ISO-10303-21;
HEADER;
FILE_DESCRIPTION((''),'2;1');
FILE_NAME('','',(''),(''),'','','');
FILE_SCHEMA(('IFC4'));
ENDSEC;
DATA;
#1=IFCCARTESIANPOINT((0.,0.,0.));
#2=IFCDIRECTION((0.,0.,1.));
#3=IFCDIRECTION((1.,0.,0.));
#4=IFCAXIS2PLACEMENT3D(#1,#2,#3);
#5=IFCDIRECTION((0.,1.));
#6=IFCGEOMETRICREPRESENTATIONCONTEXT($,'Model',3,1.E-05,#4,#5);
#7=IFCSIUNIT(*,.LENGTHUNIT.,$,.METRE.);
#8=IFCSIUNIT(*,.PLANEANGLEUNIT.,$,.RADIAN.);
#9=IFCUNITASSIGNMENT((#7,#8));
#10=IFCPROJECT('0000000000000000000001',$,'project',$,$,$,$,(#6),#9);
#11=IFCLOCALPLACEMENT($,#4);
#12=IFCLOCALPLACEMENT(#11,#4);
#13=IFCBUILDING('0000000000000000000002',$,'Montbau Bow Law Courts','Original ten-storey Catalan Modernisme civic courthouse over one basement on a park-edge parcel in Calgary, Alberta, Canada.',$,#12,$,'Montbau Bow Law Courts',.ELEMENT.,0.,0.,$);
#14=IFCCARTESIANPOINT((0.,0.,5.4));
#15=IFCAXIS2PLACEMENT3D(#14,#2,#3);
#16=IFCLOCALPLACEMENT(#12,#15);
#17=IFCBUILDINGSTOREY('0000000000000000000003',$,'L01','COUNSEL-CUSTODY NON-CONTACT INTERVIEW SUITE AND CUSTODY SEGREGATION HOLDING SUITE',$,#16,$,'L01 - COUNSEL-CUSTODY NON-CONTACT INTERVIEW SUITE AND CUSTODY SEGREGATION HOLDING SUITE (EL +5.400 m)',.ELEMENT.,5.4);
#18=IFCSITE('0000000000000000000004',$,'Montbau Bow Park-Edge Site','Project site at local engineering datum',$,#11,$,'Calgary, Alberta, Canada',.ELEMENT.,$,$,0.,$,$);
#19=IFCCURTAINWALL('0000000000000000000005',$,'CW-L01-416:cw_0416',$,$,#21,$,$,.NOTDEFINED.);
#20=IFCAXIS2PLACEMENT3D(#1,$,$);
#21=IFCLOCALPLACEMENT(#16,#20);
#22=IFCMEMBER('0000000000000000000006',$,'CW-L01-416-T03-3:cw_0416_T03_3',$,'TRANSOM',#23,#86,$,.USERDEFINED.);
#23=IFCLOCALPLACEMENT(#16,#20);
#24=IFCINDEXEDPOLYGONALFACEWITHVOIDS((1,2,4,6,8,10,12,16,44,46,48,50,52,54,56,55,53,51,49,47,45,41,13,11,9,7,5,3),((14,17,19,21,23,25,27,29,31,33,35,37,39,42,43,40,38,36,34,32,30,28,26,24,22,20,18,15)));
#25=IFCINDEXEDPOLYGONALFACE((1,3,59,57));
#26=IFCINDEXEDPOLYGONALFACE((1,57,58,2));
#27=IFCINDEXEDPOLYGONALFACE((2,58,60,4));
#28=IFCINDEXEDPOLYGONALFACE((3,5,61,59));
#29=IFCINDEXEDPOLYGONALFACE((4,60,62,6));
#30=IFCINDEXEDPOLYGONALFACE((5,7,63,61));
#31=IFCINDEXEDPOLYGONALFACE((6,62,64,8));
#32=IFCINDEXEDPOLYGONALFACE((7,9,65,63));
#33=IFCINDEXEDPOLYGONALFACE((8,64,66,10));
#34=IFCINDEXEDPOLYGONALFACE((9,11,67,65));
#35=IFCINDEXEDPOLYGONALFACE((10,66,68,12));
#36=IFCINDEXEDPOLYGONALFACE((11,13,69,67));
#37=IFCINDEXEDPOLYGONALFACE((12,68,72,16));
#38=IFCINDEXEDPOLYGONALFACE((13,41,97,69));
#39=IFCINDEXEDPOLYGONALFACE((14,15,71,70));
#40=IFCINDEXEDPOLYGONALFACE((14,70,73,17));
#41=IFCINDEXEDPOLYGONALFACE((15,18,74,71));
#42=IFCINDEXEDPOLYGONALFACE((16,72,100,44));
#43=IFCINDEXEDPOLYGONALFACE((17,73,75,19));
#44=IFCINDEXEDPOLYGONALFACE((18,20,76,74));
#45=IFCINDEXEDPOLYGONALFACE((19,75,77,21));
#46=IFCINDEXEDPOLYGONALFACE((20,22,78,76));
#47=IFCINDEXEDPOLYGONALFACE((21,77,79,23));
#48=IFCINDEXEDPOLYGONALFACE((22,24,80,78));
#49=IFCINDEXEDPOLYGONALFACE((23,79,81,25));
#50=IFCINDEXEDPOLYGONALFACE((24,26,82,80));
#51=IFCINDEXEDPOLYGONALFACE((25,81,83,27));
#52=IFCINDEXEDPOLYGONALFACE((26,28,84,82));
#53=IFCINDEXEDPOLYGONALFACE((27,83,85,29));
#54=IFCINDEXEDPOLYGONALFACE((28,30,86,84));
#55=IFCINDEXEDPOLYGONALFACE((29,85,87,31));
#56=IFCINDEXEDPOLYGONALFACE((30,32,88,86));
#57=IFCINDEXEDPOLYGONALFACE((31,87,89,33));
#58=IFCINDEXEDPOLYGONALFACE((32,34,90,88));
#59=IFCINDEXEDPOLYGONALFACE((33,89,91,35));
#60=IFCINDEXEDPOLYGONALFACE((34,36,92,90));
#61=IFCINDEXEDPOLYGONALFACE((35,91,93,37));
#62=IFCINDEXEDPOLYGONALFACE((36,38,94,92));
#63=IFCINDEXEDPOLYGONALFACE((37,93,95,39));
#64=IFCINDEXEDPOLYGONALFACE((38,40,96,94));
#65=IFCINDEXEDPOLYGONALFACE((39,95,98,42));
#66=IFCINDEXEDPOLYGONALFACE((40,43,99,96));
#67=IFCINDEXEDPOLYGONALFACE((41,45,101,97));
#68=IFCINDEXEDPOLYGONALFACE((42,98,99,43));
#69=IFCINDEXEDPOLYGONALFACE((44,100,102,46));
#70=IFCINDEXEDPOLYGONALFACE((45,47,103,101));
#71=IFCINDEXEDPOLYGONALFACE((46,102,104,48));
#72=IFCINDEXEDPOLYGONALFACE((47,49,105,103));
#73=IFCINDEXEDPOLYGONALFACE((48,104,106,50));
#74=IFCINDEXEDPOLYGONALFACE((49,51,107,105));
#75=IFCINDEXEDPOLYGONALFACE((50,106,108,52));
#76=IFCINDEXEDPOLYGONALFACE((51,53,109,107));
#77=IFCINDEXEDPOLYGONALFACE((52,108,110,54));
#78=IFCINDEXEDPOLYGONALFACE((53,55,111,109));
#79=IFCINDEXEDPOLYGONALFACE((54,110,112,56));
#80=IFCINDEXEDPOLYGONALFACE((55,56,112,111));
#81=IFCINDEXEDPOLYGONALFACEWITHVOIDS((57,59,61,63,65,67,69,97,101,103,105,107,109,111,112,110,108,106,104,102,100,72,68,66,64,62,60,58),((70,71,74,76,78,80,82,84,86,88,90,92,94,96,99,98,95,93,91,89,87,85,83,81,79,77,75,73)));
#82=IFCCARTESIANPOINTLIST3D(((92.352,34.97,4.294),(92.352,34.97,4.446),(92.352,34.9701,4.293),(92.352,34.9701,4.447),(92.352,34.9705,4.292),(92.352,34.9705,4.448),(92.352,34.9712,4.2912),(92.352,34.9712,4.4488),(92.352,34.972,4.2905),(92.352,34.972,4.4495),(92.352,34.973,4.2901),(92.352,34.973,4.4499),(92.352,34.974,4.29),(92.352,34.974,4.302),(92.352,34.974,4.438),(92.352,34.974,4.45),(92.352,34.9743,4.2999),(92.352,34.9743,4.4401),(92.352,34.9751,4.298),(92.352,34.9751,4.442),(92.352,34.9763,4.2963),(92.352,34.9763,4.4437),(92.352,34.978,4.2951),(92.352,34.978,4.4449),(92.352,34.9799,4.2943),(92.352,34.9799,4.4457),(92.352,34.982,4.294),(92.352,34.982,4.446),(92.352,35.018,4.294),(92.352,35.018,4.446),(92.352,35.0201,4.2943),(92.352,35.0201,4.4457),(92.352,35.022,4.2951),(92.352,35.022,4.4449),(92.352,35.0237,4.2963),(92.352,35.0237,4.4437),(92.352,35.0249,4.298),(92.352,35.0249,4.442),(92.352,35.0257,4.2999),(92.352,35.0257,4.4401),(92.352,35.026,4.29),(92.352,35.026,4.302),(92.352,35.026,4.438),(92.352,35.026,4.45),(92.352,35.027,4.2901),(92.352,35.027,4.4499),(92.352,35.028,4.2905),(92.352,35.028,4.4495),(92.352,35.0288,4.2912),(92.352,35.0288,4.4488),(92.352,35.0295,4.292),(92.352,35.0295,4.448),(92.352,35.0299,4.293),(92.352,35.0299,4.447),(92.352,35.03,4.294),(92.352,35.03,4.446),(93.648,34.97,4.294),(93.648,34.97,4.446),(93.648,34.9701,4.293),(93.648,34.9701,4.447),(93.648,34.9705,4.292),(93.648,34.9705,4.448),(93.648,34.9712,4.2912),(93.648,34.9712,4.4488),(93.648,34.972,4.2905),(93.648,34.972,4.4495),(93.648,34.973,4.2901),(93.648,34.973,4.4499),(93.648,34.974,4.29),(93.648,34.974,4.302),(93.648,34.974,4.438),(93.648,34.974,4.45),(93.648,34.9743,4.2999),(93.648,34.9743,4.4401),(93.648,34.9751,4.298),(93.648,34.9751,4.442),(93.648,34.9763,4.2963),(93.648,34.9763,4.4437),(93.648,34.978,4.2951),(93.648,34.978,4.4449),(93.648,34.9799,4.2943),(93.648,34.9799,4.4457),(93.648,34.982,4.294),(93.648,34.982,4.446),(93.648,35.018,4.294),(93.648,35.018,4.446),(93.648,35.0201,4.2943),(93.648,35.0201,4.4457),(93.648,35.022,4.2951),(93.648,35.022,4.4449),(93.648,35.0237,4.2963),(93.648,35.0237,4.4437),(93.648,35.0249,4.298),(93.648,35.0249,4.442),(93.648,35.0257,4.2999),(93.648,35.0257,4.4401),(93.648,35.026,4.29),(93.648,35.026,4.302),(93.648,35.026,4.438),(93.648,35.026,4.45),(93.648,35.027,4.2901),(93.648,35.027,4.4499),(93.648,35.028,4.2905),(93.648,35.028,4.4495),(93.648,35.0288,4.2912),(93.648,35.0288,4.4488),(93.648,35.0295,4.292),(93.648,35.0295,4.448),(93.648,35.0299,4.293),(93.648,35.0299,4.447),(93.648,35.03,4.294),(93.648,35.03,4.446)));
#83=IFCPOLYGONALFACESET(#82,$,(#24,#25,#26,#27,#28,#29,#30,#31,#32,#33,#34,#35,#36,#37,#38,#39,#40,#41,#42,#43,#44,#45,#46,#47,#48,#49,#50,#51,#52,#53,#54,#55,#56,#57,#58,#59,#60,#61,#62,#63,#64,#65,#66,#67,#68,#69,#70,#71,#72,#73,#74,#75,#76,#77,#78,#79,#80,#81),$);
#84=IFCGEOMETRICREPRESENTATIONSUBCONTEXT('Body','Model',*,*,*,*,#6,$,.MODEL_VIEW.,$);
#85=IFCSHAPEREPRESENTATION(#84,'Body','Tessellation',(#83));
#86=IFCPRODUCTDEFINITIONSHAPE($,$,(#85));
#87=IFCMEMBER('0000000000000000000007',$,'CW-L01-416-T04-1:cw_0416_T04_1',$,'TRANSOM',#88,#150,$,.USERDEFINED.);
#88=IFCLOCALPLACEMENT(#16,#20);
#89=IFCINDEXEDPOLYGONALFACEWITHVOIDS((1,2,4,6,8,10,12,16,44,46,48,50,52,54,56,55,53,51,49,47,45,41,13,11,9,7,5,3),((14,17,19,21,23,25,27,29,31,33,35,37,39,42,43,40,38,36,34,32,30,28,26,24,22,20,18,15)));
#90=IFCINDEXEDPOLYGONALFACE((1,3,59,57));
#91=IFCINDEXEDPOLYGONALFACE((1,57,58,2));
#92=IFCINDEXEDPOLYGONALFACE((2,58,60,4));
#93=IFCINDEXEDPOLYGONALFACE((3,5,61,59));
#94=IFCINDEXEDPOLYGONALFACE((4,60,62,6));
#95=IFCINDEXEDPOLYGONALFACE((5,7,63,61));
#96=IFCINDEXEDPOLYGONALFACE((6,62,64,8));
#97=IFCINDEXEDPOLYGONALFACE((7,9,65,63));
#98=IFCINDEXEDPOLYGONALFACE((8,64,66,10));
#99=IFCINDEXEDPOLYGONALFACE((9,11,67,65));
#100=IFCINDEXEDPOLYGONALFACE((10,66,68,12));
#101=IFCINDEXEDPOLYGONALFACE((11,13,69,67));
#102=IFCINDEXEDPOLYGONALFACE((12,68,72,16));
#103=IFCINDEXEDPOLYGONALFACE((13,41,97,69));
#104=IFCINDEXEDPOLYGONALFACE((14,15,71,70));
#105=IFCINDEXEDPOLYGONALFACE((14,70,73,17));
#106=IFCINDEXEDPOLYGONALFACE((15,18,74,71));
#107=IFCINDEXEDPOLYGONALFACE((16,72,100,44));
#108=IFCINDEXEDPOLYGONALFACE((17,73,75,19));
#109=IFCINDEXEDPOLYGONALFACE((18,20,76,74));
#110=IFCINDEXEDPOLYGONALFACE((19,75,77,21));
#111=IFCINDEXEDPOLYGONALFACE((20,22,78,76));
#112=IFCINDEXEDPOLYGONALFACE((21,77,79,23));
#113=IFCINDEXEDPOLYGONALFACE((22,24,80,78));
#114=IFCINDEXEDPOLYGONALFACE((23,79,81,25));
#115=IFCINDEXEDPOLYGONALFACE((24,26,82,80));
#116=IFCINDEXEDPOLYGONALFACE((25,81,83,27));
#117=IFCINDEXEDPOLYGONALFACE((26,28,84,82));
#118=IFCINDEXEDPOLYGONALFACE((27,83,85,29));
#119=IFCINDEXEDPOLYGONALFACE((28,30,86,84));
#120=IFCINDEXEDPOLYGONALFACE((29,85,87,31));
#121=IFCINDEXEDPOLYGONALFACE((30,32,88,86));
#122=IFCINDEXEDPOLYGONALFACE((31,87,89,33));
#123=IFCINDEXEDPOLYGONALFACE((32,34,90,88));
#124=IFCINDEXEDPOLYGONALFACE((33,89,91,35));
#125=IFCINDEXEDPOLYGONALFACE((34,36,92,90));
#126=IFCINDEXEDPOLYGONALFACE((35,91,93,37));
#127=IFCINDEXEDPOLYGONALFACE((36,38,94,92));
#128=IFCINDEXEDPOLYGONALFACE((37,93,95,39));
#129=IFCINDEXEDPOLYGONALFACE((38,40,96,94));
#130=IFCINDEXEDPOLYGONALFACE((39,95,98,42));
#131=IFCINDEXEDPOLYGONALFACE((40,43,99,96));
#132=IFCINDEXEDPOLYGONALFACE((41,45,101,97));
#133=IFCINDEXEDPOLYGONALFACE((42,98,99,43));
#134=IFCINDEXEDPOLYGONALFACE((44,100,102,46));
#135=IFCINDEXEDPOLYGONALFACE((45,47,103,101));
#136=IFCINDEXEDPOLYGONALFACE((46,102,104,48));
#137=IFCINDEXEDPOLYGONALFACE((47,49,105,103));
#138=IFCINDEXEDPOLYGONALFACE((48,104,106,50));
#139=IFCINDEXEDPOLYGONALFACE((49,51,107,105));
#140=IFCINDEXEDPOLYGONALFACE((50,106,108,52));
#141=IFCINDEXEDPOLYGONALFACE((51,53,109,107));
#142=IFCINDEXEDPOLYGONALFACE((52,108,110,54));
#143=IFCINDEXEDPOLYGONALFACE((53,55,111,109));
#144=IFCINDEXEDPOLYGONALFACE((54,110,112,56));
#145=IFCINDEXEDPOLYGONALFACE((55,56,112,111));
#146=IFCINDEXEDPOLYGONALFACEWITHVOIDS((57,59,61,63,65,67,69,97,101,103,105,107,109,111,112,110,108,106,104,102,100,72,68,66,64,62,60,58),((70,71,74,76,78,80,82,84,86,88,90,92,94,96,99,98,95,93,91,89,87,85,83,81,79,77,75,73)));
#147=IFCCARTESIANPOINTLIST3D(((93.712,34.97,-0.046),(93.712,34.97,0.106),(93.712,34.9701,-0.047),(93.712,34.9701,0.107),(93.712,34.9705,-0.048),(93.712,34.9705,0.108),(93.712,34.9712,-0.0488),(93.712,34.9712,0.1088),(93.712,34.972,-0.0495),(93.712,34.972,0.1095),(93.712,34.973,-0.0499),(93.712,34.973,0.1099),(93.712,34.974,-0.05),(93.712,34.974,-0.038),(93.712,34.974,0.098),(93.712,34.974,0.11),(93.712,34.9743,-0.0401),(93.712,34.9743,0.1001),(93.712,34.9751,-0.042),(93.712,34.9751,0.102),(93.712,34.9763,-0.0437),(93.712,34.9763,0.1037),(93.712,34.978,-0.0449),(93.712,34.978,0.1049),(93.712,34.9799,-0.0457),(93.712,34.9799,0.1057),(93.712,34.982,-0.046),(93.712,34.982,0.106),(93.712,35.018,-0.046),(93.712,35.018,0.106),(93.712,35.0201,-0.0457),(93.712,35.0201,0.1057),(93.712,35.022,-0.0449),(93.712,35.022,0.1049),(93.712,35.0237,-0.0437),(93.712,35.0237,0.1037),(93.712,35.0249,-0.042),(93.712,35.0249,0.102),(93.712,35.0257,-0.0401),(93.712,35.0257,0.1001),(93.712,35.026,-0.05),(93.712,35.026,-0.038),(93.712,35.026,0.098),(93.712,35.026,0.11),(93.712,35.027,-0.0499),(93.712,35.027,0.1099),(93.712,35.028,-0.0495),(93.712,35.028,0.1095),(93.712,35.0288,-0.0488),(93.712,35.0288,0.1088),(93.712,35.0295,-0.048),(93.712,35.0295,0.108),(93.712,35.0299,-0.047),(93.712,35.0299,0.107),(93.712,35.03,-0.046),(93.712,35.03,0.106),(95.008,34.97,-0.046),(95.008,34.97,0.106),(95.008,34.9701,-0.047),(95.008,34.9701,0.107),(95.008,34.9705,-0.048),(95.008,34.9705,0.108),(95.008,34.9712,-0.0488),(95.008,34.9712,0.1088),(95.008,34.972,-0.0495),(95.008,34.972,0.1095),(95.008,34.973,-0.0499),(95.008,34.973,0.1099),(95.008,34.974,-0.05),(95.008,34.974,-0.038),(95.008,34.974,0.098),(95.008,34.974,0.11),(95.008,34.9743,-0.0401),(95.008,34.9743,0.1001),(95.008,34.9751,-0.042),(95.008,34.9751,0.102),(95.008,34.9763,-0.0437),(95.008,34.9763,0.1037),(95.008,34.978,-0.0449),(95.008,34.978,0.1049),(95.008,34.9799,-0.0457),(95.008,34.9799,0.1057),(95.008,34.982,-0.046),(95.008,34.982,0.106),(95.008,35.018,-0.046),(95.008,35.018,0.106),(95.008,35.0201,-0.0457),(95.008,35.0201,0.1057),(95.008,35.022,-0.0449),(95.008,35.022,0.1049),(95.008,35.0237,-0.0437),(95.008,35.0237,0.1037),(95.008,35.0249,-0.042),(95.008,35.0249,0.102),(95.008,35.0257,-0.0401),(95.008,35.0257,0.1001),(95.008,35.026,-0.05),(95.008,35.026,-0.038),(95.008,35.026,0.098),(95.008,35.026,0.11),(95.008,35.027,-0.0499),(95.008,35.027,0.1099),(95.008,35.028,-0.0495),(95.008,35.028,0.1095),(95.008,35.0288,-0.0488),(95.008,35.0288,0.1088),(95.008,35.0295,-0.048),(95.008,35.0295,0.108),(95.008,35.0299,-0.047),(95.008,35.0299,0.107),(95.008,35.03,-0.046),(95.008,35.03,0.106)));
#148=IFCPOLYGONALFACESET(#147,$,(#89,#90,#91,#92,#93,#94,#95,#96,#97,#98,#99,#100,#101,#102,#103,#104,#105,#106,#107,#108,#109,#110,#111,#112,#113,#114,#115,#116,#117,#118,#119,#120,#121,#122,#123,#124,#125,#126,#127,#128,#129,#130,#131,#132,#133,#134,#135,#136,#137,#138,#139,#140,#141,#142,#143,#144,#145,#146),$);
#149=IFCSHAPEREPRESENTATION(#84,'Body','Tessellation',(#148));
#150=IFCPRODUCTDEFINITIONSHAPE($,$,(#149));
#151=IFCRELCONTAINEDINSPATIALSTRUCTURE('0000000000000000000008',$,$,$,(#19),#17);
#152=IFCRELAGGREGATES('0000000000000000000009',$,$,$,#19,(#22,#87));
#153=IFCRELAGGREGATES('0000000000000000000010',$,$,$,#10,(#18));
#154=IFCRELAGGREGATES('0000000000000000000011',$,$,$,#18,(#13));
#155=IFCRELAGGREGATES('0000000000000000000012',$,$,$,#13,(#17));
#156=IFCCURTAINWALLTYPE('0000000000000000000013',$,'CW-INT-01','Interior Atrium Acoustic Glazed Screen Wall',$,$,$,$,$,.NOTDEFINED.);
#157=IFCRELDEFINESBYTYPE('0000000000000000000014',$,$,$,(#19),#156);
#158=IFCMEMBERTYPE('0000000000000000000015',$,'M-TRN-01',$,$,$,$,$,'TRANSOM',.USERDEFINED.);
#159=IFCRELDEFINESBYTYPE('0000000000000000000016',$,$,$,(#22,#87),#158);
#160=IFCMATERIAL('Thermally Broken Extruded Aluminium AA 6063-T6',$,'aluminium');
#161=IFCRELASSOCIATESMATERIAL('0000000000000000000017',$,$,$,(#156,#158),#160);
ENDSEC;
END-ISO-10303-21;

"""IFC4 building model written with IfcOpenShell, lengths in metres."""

from ifc_helpers import new_model, si_unit, direction, frame, origin_with_axes, origin_2d_with_axis, place, context, subcontext, project, spatial, hollow_rectangle, extrude, material, material_profile, profile_set, type_object, element, aggregate, save


model = new_model("IFC4")

# Units and contexts
model_context = context("Model", 3, precision=1e-05, world=origin_with_axes(), true_north=direction((0.0, 1.0)))
body_context = subcontext(model_context, "Body", "Model", "MODEL_VIEW")
ifc_project = project(units=[si_unit("LENGTHUNIT", "METRE"), si_unit("PLANEANGLEUNIT", "RADIAN")], contexts=[model_context])

# Site, building, storey
site_placement = place(None, origin_with_axes())
site = spatial("IfcSite", under=ifc_project, at=site_placement, Name="Montbau Bow Park-Edge Site", Description="Project site at local engineering datum", LongName="Calgary, Alberta, Canada", CompositionType="ELEMENT", RefElevation=0.0)
building_placement = place(site_placement, origin_with_axes())
building = spatial("IfcBuilding", under=site, at=building_placement, Name="Montbau Bow Law Courts", Description="Original ten-storey Catalan Modernisme civic courthouse over one basement on a park-edge parcel in Calgary, Alberta, Canada.", LongName="Montbau Bow Law Courts", CompositionType="ELEMENT", ElevationOfRefHeight=0.0, ElevationOfTerrain=0.0)
storey_placement = place(building_placement, frame((0.0, 0.0, 5.4), z_axis=(0.0, 0.0, 1.0), x_axis=(1.0, 0.0, 0.0)))
storey = spatial("IfcBuildingStorey", under=building, at=storey_placement, Name="L01", Description="COUNSEL-CUSTODY NON-CONTACT INTERVIEW SUITE AND CUSTODY SEGREGATION HOLDING SUITE", LongName="L01 - COUNSEL-CUSTODY NON-CONTACT INTERVIEW SUITE AND CUSTODY SEGREGATION HOLDING SUITE (EL +5.400 m)", CompositionType="ELEMENT", Elevation=5.4)

# Curtain wall, members
ifc_material_1 = material(Name="Thermally Broken Extruded Aluminium AA 6063-T6", Category="aluminium")
curtain_wall_type = type_object("IfcCurtainWallType", Name="CW-INT-01", Description="Interior Atrium Acoustic Glazed Screen Wall", PredefinedType="NOTDEFINED", material=ifc_material_1)
curtain_wall_placement = place(None, frame((89.6, 35.0, 5.4), z_axis=(0.0, 0.0, 1.0), x_axis=(1.0, 0.0, 0.0)))
curtain_wall = element("IfcCurtainWall", 1, at=curtain_wall_placement, inside=storey, type_object=curtain_wall_type, Name="CW-L01-416:cw_0416", PredefinedType="NOTDEFINED")
ifc_material_profile_1 = material_profile(ifc_material_1, hollow_rectangle(XDim=0.06, YDim=0.16, WallThickness=0.004, InnerFilletRadius=0.008, OuterFilletRadius=0.004, at=origin_2d_with_axis()), Name="CWT-160X60", Category="Main", Priority=0)
ifc_profile_set_1 = profile_set([ifc_material_profile_1], Name="Thermally Broken Extruded Aluminium AA 6063-T6")
member_type_1 = type_object("IfcMemberType", Name="M-TRN-01", ElementType="TRANSOM", PredefinedType="USERDEFINED", material=ifc_profile_set_1)
member_1_placement = place(None, frame((92.352, 35.0, 9.77), z_axis=(1.0, 0.0, 0.0), x_axis=(0.0, 1.0, 0.0)))
member_1 = element("IfcMember", 2, at=member_1_placement, type_object=member_type_1, Name="CW-L01-416-T03-3:cw_0416_T03_3", ObjectType="TRANSOM", PredefinedType="USERDEFINED", context=body_context, shape_type="SweptSolid", body=[
    extrude(hollow_rectangle(XDim=0.06, YDim=0.16, WallThickness=0.004, InnerFilletRadius=0.008, OuterFilletRadius=0.004, at=origin_2d_with_axis()), origin_with_axes(), (0.0, 0.0, 1.0), 1.296),
])
member_2_placement = place(None, frame((93.712, 35.0, 5.43), z_axis=(1.0, 0.0, 0.0), x_axis=(0.0, 1.0, 0.0)))
member_2 = element("IfcMember", 3, at=member_2_placement, type_object=member_type_1, Name="CW-L01-416-T04-1:cw_0416_T04_1", ObjectType="TRANSOM", PredefinedType="USERDEFINED", context=body_context, shape_type="SweptSolid", body=[
    extrude(hollow_rectangle(XDim=0.06, YDim=0.16, WallThickness=0.004, InnerFilletRadius=0.008, OuterFilletRadius=0.004, at=origin_2d_with_axis()), origin_with_axes(), (0.0, 0.0, 1.0), 1.296),
])
aggregate(curtain_wall, [member_1, member_2])

save(model, "model.ifc")
